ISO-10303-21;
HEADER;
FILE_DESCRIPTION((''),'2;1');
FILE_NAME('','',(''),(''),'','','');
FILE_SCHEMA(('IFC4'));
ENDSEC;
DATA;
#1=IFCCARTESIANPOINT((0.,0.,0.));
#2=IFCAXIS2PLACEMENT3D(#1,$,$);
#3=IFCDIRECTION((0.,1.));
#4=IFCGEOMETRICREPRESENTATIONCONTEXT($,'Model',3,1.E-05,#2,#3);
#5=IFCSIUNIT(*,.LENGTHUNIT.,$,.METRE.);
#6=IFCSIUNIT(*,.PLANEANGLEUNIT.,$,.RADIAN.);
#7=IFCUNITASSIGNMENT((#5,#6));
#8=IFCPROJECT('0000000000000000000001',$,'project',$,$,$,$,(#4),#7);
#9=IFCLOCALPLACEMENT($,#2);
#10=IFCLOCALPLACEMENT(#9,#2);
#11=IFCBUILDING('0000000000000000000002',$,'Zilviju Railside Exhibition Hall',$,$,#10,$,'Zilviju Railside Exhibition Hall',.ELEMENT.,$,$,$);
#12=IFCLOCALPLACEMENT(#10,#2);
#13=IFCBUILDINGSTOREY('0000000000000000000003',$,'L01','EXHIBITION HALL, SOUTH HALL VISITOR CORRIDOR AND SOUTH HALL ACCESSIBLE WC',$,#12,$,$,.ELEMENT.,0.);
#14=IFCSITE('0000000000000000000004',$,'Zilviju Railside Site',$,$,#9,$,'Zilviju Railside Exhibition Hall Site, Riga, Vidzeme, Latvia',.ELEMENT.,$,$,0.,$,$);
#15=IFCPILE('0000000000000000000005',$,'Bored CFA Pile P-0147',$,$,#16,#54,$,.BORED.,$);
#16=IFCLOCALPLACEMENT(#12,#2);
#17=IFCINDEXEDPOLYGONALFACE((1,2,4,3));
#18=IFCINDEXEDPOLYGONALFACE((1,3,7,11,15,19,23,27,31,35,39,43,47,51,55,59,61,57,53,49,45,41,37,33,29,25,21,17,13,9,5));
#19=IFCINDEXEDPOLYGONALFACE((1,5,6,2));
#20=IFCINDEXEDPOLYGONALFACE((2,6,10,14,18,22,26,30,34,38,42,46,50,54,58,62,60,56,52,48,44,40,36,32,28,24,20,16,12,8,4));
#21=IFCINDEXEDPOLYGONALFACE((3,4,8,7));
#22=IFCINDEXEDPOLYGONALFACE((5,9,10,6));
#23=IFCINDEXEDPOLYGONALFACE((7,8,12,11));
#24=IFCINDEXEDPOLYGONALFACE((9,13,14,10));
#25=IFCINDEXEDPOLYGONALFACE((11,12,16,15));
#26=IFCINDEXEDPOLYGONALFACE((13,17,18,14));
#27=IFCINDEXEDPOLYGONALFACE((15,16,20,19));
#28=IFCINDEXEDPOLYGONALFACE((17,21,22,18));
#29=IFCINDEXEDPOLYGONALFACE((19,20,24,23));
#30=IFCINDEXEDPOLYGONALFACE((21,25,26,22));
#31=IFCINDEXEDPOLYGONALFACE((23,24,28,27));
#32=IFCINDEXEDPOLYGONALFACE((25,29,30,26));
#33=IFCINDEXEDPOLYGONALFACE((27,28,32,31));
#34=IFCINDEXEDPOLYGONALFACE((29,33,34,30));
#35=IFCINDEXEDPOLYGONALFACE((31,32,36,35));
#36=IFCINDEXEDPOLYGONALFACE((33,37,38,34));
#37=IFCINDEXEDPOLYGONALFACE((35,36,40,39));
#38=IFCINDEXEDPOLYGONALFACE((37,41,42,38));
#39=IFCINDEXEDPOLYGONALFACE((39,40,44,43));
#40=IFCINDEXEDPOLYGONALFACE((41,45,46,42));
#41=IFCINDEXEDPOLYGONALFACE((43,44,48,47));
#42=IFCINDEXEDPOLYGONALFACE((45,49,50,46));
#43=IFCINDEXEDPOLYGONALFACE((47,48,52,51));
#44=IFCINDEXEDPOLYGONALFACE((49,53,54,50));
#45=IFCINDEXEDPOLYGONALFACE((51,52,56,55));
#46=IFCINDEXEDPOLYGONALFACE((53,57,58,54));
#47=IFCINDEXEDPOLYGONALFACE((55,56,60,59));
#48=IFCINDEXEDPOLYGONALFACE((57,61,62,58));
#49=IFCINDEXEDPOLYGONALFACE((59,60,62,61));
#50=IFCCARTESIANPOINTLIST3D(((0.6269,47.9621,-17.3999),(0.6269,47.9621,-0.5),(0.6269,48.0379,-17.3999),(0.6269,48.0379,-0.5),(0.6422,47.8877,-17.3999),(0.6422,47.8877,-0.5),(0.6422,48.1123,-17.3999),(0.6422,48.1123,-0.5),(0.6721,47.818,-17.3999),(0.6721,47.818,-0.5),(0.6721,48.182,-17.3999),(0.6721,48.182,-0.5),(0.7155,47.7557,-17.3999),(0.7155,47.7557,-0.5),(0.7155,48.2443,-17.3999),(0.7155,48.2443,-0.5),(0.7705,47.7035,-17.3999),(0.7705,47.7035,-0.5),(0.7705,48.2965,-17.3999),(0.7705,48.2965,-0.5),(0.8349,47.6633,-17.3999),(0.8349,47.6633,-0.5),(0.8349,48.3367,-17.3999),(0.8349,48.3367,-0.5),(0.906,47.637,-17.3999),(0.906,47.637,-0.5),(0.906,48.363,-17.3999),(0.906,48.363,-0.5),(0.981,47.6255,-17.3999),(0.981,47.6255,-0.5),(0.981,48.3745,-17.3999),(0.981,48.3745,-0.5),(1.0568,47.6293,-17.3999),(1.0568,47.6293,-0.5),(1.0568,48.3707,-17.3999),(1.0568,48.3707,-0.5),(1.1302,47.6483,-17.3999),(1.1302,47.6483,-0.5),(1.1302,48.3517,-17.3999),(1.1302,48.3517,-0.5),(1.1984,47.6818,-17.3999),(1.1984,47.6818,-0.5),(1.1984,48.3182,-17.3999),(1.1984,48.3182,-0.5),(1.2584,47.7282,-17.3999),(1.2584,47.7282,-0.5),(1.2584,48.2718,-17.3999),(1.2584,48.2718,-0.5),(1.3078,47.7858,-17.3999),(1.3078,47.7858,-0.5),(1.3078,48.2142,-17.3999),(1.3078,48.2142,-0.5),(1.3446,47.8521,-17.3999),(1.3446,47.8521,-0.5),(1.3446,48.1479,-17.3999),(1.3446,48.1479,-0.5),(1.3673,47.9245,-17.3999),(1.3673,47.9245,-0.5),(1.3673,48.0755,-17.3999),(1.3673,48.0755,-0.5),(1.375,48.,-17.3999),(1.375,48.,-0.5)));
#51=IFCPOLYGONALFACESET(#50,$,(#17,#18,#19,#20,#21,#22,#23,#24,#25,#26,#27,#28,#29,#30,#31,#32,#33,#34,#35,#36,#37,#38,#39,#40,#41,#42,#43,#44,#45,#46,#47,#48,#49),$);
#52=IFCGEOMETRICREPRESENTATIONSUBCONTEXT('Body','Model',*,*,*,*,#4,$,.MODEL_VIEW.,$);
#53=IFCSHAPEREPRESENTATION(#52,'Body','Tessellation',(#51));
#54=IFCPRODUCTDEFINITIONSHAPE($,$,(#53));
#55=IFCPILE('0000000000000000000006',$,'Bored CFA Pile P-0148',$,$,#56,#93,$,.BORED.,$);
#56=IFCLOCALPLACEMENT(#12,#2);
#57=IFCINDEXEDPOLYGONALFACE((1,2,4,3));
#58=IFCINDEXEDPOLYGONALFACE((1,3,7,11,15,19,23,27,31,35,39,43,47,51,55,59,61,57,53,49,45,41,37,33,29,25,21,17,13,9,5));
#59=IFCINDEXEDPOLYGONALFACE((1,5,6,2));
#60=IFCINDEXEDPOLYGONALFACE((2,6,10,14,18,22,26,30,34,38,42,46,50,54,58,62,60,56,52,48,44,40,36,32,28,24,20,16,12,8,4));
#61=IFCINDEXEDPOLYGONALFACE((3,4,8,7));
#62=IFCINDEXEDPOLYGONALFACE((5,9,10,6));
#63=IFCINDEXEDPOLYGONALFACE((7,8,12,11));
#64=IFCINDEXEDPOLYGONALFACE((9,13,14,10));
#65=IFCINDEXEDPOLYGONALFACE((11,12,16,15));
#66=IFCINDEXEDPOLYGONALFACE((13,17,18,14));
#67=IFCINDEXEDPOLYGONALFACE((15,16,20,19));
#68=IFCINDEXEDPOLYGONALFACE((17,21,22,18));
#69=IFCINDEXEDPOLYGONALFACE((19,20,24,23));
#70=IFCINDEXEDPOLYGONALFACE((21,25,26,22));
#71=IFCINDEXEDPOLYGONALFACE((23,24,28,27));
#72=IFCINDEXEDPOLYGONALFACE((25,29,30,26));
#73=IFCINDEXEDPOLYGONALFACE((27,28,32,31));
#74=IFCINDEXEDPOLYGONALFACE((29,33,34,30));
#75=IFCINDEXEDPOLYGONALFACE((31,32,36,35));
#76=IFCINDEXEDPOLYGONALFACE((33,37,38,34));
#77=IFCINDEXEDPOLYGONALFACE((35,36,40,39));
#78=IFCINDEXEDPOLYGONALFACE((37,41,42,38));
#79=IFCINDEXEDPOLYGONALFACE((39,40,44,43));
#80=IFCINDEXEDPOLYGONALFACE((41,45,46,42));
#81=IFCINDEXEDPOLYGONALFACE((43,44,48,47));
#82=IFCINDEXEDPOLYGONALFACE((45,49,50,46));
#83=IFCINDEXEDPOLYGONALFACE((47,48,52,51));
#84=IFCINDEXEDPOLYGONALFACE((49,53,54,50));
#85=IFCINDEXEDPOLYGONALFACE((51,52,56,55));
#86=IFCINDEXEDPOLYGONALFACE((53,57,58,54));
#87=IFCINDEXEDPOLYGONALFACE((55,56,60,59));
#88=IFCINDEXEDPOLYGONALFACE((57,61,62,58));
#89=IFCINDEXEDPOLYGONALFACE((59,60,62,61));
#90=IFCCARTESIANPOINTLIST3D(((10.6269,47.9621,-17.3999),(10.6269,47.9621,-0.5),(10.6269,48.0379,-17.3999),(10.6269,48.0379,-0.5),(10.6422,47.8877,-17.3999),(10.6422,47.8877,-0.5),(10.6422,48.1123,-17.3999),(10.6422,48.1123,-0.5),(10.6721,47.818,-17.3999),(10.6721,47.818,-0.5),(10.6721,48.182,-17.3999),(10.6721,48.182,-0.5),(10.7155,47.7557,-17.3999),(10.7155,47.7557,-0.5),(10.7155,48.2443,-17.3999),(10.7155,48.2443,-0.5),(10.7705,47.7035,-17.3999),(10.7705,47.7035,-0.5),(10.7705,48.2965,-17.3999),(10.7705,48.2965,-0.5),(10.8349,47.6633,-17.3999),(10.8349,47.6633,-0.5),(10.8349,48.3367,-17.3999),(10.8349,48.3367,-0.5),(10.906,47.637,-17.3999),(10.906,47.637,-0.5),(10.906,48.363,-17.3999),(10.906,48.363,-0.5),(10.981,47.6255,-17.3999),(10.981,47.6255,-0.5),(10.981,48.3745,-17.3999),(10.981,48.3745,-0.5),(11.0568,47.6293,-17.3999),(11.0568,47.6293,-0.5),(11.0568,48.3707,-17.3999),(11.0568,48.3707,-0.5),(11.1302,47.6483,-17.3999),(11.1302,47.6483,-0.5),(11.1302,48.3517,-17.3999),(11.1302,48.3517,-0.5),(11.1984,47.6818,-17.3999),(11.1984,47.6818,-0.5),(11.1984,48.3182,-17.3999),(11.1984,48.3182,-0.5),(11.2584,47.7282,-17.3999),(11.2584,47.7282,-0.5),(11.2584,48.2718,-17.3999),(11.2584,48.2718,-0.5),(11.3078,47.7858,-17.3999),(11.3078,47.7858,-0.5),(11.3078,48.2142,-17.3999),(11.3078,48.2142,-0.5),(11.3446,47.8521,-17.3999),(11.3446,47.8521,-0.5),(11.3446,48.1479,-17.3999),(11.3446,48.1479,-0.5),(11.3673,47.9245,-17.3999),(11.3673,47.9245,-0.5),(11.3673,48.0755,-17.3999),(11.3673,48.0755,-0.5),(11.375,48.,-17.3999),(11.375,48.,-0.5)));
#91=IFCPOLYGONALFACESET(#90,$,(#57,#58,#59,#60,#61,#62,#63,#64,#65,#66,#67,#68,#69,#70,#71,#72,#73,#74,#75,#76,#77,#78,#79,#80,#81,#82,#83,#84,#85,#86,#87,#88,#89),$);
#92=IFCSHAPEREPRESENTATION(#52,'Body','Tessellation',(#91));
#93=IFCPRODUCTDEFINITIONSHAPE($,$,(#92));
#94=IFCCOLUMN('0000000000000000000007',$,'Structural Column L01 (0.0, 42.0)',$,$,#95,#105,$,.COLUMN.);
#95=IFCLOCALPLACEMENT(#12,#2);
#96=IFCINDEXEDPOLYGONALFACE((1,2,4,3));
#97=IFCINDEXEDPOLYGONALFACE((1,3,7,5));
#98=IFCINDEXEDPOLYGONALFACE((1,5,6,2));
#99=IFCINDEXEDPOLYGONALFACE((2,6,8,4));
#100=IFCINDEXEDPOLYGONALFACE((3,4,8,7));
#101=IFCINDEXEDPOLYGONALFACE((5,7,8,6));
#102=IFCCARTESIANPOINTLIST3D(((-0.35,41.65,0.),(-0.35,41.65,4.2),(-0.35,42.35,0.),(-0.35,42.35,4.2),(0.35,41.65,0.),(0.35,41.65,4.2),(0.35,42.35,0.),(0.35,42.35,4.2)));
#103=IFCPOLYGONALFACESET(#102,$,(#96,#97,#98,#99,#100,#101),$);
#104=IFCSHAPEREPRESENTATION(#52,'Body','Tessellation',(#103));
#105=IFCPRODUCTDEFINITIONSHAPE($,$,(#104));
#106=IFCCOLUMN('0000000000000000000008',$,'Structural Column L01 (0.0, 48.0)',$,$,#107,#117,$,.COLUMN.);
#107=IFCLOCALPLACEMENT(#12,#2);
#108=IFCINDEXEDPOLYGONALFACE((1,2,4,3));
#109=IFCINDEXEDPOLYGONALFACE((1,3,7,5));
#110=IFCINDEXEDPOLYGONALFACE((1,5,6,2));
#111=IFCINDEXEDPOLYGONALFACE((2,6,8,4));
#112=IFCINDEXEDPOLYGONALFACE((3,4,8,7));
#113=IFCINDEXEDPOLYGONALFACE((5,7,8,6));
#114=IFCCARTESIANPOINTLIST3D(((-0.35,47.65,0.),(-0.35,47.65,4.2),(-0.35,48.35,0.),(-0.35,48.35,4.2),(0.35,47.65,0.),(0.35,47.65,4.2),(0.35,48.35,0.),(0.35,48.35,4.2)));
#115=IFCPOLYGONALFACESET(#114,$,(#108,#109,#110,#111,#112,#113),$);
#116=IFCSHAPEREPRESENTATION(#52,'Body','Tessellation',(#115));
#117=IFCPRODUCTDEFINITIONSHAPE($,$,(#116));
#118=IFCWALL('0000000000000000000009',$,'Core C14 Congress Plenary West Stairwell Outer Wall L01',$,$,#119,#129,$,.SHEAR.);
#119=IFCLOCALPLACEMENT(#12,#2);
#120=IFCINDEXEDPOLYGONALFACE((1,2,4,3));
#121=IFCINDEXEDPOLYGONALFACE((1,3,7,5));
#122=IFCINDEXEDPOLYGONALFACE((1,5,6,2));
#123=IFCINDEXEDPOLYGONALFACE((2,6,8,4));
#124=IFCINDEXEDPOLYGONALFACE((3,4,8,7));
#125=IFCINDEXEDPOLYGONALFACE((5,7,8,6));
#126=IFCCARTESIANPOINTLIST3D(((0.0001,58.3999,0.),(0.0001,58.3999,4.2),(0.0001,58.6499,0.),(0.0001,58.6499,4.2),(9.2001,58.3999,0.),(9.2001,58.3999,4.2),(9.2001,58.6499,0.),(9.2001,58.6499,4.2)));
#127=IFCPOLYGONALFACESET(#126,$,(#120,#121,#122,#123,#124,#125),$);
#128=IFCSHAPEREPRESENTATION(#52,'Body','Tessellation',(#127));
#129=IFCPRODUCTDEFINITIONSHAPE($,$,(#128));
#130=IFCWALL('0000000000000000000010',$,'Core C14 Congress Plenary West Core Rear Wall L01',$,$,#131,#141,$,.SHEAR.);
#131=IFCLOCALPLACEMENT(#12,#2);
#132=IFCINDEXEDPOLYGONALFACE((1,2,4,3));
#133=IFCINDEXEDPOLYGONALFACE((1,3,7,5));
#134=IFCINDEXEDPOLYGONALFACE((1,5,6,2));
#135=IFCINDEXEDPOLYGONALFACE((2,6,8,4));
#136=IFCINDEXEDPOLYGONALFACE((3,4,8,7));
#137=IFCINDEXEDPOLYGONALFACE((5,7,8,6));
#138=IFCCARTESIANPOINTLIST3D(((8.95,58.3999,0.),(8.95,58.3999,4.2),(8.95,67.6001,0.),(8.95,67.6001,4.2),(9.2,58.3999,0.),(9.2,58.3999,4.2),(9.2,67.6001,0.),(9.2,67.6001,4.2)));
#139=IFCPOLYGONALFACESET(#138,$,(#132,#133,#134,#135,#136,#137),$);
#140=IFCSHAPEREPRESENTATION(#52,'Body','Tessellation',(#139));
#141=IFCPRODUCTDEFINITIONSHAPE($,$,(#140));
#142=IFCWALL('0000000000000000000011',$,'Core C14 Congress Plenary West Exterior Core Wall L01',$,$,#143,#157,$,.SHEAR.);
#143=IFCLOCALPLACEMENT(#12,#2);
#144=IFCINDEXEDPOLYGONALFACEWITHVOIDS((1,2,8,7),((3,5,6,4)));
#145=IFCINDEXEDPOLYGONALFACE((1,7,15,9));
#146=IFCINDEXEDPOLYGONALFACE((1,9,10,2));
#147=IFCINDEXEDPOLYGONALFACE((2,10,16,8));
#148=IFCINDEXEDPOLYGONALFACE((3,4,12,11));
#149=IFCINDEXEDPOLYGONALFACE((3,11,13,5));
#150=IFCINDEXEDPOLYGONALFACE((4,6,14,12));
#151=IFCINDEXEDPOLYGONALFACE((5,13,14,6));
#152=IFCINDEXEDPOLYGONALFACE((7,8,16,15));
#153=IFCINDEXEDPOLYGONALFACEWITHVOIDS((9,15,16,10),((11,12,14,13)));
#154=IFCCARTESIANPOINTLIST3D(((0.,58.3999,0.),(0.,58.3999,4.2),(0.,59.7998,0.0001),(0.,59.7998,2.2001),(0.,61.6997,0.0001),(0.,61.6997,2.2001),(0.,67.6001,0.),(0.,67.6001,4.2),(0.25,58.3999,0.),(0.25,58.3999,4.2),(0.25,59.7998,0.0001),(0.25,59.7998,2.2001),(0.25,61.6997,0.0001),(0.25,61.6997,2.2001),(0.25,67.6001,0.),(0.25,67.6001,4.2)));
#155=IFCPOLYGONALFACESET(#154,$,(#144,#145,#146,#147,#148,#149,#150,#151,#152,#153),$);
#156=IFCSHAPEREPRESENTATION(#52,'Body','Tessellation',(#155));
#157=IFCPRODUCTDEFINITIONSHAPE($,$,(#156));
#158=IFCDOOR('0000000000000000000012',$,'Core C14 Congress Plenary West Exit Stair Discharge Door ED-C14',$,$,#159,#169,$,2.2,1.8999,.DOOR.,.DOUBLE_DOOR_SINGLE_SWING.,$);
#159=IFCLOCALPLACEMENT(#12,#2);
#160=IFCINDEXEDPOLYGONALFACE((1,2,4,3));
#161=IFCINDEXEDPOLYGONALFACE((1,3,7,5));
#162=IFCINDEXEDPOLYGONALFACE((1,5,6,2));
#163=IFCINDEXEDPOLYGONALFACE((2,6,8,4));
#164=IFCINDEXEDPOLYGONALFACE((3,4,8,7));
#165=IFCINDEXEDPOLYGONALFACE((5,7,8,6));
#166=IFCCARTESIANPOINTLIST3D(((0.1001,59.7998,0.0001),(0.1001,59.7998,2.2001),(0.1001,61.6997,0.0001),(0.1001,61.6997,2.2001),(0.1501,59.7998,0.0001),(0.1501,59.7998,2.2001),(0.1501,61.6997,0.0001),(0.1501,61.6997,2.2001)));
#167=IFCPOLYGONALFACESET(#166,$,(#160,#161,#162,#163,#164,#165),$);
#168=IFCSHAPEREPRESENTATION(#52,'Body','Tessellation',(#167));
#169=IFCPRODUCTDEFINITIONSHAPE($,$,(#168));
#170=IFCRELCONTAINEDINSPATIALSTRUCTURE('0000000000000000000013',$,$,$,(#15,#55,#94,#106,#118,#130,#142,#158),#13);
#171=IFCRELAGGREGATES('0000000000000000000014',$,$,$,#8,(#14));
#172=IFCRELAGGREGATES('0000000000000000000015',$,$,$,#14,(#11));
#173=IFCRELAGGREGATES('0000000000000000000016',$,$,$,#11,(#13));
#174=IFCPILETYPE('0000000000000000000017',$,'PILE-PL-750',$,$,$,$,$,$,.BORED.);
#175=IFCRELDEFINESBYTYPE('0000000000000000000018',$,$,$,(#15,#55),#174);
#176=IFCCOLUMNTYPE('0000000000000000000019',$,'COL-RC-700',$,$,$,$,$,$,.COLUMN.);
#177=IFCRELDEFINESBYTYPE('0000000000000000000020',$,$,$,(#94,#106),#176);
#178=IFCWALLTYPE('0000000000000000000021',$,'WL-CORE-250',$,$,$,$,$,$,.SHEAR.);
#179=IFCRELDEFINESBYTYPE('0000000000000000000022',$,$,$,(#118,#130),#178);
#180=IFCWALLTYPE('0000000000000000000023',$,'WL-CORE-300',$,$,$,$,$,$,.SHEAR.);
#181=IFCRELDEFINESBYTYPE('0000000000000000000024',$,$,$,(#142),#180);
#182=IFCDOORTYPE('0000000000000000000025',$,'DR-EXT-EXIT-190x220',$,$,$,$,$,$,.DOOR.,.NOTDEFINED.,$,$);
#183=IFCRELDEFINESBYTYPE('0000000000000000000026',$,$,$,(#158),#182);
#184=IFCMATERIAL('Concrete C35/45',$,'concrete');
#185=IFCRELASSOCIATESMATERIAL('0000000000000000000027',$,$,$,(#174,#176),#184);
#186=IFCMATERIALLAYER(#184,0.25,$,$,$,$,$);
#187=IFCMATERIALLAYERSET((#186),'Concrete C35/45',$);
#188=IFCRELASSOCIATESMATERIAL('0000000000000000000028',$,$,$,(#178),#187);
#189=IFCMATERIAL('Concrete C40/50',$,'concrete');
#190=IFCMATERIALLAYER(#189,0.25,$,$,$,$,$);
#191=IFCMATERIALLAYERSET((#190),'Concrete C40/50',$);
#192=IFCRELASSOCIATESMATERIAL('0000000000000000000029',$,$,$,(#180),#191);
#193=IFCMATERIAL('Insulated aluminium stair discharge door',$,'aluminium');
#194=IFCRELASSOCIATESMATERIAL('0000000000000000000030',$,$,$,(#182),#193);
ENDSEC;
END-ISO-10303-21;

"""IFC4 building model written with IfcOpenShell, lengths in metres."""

from ifc_helpers import new_model, si_unit, direction, frame, frame_2d, origin, origin_2d, place, context, subcontext, project, spatial, rectangle, circle, extrude, material, layer, layer_set, material_profile, profile_set, type_object, element, fill, save


model = new_model("IFC4")

# Units and contexts
model_context = context("Model", 3, precision=1e-05, world=origin(), true_north=direction((0.0, 1.0)))
body_context = subcontext(model_context, "Body", "Model", "MODEL_VIEW")
ifc_project = project(units=[si_unit("LENGTHUNIT", "METRE"), si_unit("PLANEANGLEUNIT", "RADIAN")], contexts=[model_context])

# Site, building, storey
site_placement = place(None, origin())
site = spatial("IfcSite", under=ifc_project, at=site_placement, Name="Zilviju Railside Site", LongName="Zilviju Railside Exhibition Hall Site, Riga, Vidzeme, Latvia", CompositionType="ELEMENT", RefElevation=0.0)
building_placement = place(site_placement, origin())
building = spatial("IfcBuilding", under=site, at=building_placement, Name="Zilviju Railside Exhibition Hall", LongName="Zilviju Railside Exhibition Hall", CompositionType="ELEMENT")
storey_placement = place(building_placement, origin())
storey = spatial("IfcBuildingStorey", under=building, at=storey_placement, Name="L01", Description="EXHIBITION HALL, SOUTH HALL VISITOR CORRIDOR AND SOUTH HALL ACCESSIBLE WC", CompositionType="ELEMENT", Elevation=0.0)

# Shared definitions
ifc_material_1 = material(Name="Concrete C35/45", Category="concrete")

# Piles
ifc_material_profile_1 = material_profile(ifc_material_1, circle(Radius=0.375, at=origin_2d()), Name="CFA PILE D750")
ifc_profile_set_1 = profile_set([ifc_material_profile_1], Name="Concrete C35/45")
pile_type = type_object("IfcPileType", Name="PILE-PL-750", PredefinedType="BORED", material=ifc_profile_set_1)
for number, where, z_axis, x_axis, name in (
    (1, (1.0, 48.0, -0.5), (0.0, 0.0, -1.0), (1.0, 0.0, 0.0), "Bored CFA Pile P-0147"),
    (2, (11.0, 48.0, -0.5), (0.0, 0.0, -1.0), (1.0, 0.0, 0.0), "Bored CFA Pile P-0148"),
):
    element("IfcPile", number, at=place(storey_placement, frame(where, z_axis=z_axis, x_axis=x_axis)), inside=storey, type_object=pile_type, Name=name, PredefinedType="BORED", context=body_context, shape_type="SweptSolid", body=[
        extrude(circle(Radius=0.375, at=origin_2d()), origin(), (0.0, 0.0, 1.0), 16.8999),
    ])

# Columns
ifc_material_profile_2 = material_profile(ifc_material_1, rectangle(XDim=0.7, YDim=0.7, at=origin_2d()), Name="RC COL 700x700")
ifc_profile_set_2 = profile_set([ifc_material_profile_2], Name="Concrete C35/45")
column_type = type_object("IfcColumnType", Name="COL-RC-700", PredefinedType="COLUMN", material=ifc_profile_set_2)
for number, where, z_axis, x_axis, name in (
    (3, (0.0, 42.0, 0.0), (0.0, 0.0, 1.0), (1.0, 0.0, 0.0), "Structural Column L01 (0.0, 42.0)"),
    (4, (0.0, 48.0, 0.0), (0.0, 0.0, 1.0), (1.0, 0.0, 0.0), "Structural Column L01 (0.0, 48.0)"),
):
    element("IfcColumn", number, at=place(storey_placement, frame(where, z_axis=z_axis, x_axis=x_axis)), inside=storey, type_object=column_type, Name=name, PredefinedType="COLUMN", context=body_context, shape_type="SweptSolid", body=[
        extrude(rectangle(XDim=0.7, YDim=0.7, at=origin_2d()), origin(), (0.0, 0.0, 1.0), 4.2),
    ])

# Walls
ifc_layer_1 = layer(ifc_material_1, 0.25)
ifc_layer_set_1 = layer_set([ifc_layer_1], Name="Concrete C35/45")
wall_type_1 = type_object("IfcWallType", Name="WL-CORE-250", PredefinedType="SHEAR", material=ifc_layer_set_1)
wall_1_placement = place(storey_placement, frame((0.0, 58.5249, 0.0), z_axis=(0.0, 0.0, 1.0), x_axis=(1.0, 0.0, 0.0)))
element("IfcWall", 5, at=wall_1_placement, inside=storey, type_object=wall_type_1, Name="Core C14 Congress Plenary West Stairwell Outer Wall L01", PredefinedType="SHEAR", context=body_context, shape_type="SweptSolid", body=[
    extrude(rectangle(XDim=9.2, YDim=0.25, at=frame_2d((4.6001, 0.0))), origin(), (0.0, 0.0, 1.0), 4.2),
])
wall_2_placement = place(storey_placement, frame((9.075, 58.3999, 0.0), z_axis=(0.0, 0.0, 1.0), x_axis=(0.0, 1.0, 0.0)))
element("IfcWall", 6, at=wall_2_placement, inside=storey, type_object=wall_type_1, Name="Core C14 Congress Plenary West Core Rear Wall L01", PredefinedType="SHEAR", context=body_context, shape_type="SweptSolid", body=[
    extrude(rectangle(XDim=9.2002, YDim=0.25, at=frame_2d((4.6001, 0.0))), origin(), (0.0, 0.0, 1.0), 4.2),
])

# Wall, opening, door
ifc_material_2 = material(Name="Concrete C40/50", Category="concrete")
ifc_layer_2 = layer(ifc_material_2, 0.25)
ifc_layer_set_2 = layer_set([ifc_layer_2], Name="Concrete C40/50")
wall_type_2 = type_object("IfcWallType", Name="WL-CORE-300", PredefinedType="SHEAR", material=ifc_layer_set_2)
wall_3_placement = place(storey_placement, frame((0.125, 58.3999, 0.0), z_axis=(0.0, 0.0, 1.0), x_axis=(0.0, 1.0, 0.0)))
wall_3 = element("IfcWall", 7, at=wall_3_placement, inside=storey, type_object=wall_type_2, Name="Core C14 Congress Plenary West Exterior Core Wall L01", PredefinedType="SHEAR", context=body_context, shape_type="SweptSolid", body=[
    extrude(rectangle(XDim=9.2002, YDim=0.25, at=frame_2d((4.6001, 0.0))), origin(), (0.0, 0.0, 1.0), 4.2),
])
opening_1_placement = place(wall_3_placement, frame((1.3999, 0.0, 0.0)))
opening_1 = element("IfcOpeningElement", 8, at=opening_1_placement, cuts=wall_3, PredefinedType="OPENING", context=body_context, shape_type="SweptSolid", body=[
    extrude(rectangle(XDim=1.8999, YDim=2.2, at=frame_2d((0.95, 1.1001))), frame((0.0, 0.135, 0.0), z_axis=(0.0, -1.0, 0.0), x_axis=(1.0, 0.0, 0.0)), (0.0, 0.0, 1.0), 0.27),
])
ifc_material_3 = material(Name="Insulated aluminium stair discharge door", Category="aluminium")
door_type_1 = type_object("IfcDoorType", Name="DR-EXT-EXIT-190x220", OperationType="NOTDEFINED", PredefinedType="DOOR", material=ifc_material_3)
door_1_placement = place(opening_1_placement, origin())
door_1 = element("IfcDoor", 9, at=door_1_placement, inside=storey, type_object=door_type_1, Name="Core C14 Congress Plenary West Exit Stair Discharge Door ED-C14", OperationType="DOUBLE_DOOR_SINGLE_SWING", OverallHeight=2.2, OverallWidth=1.8999, PredefinedType="DOOR", context=body_context, shape_type="SweptSolid", body=[
    extrude(rectangle(XDim=1.8999, YDim=2.2, at=frame_2d((0.95, 1.1001))), frame((0.0, 0.0249, 0.0), z_axis=(0.0, -1.0, 0.0), x_axis=(1.0, 0.0, 0.0)), (0.0, 0.0, 1.0), 0.05),
])
fill(opening_1, door_1)

save(model, "model.ifc")
